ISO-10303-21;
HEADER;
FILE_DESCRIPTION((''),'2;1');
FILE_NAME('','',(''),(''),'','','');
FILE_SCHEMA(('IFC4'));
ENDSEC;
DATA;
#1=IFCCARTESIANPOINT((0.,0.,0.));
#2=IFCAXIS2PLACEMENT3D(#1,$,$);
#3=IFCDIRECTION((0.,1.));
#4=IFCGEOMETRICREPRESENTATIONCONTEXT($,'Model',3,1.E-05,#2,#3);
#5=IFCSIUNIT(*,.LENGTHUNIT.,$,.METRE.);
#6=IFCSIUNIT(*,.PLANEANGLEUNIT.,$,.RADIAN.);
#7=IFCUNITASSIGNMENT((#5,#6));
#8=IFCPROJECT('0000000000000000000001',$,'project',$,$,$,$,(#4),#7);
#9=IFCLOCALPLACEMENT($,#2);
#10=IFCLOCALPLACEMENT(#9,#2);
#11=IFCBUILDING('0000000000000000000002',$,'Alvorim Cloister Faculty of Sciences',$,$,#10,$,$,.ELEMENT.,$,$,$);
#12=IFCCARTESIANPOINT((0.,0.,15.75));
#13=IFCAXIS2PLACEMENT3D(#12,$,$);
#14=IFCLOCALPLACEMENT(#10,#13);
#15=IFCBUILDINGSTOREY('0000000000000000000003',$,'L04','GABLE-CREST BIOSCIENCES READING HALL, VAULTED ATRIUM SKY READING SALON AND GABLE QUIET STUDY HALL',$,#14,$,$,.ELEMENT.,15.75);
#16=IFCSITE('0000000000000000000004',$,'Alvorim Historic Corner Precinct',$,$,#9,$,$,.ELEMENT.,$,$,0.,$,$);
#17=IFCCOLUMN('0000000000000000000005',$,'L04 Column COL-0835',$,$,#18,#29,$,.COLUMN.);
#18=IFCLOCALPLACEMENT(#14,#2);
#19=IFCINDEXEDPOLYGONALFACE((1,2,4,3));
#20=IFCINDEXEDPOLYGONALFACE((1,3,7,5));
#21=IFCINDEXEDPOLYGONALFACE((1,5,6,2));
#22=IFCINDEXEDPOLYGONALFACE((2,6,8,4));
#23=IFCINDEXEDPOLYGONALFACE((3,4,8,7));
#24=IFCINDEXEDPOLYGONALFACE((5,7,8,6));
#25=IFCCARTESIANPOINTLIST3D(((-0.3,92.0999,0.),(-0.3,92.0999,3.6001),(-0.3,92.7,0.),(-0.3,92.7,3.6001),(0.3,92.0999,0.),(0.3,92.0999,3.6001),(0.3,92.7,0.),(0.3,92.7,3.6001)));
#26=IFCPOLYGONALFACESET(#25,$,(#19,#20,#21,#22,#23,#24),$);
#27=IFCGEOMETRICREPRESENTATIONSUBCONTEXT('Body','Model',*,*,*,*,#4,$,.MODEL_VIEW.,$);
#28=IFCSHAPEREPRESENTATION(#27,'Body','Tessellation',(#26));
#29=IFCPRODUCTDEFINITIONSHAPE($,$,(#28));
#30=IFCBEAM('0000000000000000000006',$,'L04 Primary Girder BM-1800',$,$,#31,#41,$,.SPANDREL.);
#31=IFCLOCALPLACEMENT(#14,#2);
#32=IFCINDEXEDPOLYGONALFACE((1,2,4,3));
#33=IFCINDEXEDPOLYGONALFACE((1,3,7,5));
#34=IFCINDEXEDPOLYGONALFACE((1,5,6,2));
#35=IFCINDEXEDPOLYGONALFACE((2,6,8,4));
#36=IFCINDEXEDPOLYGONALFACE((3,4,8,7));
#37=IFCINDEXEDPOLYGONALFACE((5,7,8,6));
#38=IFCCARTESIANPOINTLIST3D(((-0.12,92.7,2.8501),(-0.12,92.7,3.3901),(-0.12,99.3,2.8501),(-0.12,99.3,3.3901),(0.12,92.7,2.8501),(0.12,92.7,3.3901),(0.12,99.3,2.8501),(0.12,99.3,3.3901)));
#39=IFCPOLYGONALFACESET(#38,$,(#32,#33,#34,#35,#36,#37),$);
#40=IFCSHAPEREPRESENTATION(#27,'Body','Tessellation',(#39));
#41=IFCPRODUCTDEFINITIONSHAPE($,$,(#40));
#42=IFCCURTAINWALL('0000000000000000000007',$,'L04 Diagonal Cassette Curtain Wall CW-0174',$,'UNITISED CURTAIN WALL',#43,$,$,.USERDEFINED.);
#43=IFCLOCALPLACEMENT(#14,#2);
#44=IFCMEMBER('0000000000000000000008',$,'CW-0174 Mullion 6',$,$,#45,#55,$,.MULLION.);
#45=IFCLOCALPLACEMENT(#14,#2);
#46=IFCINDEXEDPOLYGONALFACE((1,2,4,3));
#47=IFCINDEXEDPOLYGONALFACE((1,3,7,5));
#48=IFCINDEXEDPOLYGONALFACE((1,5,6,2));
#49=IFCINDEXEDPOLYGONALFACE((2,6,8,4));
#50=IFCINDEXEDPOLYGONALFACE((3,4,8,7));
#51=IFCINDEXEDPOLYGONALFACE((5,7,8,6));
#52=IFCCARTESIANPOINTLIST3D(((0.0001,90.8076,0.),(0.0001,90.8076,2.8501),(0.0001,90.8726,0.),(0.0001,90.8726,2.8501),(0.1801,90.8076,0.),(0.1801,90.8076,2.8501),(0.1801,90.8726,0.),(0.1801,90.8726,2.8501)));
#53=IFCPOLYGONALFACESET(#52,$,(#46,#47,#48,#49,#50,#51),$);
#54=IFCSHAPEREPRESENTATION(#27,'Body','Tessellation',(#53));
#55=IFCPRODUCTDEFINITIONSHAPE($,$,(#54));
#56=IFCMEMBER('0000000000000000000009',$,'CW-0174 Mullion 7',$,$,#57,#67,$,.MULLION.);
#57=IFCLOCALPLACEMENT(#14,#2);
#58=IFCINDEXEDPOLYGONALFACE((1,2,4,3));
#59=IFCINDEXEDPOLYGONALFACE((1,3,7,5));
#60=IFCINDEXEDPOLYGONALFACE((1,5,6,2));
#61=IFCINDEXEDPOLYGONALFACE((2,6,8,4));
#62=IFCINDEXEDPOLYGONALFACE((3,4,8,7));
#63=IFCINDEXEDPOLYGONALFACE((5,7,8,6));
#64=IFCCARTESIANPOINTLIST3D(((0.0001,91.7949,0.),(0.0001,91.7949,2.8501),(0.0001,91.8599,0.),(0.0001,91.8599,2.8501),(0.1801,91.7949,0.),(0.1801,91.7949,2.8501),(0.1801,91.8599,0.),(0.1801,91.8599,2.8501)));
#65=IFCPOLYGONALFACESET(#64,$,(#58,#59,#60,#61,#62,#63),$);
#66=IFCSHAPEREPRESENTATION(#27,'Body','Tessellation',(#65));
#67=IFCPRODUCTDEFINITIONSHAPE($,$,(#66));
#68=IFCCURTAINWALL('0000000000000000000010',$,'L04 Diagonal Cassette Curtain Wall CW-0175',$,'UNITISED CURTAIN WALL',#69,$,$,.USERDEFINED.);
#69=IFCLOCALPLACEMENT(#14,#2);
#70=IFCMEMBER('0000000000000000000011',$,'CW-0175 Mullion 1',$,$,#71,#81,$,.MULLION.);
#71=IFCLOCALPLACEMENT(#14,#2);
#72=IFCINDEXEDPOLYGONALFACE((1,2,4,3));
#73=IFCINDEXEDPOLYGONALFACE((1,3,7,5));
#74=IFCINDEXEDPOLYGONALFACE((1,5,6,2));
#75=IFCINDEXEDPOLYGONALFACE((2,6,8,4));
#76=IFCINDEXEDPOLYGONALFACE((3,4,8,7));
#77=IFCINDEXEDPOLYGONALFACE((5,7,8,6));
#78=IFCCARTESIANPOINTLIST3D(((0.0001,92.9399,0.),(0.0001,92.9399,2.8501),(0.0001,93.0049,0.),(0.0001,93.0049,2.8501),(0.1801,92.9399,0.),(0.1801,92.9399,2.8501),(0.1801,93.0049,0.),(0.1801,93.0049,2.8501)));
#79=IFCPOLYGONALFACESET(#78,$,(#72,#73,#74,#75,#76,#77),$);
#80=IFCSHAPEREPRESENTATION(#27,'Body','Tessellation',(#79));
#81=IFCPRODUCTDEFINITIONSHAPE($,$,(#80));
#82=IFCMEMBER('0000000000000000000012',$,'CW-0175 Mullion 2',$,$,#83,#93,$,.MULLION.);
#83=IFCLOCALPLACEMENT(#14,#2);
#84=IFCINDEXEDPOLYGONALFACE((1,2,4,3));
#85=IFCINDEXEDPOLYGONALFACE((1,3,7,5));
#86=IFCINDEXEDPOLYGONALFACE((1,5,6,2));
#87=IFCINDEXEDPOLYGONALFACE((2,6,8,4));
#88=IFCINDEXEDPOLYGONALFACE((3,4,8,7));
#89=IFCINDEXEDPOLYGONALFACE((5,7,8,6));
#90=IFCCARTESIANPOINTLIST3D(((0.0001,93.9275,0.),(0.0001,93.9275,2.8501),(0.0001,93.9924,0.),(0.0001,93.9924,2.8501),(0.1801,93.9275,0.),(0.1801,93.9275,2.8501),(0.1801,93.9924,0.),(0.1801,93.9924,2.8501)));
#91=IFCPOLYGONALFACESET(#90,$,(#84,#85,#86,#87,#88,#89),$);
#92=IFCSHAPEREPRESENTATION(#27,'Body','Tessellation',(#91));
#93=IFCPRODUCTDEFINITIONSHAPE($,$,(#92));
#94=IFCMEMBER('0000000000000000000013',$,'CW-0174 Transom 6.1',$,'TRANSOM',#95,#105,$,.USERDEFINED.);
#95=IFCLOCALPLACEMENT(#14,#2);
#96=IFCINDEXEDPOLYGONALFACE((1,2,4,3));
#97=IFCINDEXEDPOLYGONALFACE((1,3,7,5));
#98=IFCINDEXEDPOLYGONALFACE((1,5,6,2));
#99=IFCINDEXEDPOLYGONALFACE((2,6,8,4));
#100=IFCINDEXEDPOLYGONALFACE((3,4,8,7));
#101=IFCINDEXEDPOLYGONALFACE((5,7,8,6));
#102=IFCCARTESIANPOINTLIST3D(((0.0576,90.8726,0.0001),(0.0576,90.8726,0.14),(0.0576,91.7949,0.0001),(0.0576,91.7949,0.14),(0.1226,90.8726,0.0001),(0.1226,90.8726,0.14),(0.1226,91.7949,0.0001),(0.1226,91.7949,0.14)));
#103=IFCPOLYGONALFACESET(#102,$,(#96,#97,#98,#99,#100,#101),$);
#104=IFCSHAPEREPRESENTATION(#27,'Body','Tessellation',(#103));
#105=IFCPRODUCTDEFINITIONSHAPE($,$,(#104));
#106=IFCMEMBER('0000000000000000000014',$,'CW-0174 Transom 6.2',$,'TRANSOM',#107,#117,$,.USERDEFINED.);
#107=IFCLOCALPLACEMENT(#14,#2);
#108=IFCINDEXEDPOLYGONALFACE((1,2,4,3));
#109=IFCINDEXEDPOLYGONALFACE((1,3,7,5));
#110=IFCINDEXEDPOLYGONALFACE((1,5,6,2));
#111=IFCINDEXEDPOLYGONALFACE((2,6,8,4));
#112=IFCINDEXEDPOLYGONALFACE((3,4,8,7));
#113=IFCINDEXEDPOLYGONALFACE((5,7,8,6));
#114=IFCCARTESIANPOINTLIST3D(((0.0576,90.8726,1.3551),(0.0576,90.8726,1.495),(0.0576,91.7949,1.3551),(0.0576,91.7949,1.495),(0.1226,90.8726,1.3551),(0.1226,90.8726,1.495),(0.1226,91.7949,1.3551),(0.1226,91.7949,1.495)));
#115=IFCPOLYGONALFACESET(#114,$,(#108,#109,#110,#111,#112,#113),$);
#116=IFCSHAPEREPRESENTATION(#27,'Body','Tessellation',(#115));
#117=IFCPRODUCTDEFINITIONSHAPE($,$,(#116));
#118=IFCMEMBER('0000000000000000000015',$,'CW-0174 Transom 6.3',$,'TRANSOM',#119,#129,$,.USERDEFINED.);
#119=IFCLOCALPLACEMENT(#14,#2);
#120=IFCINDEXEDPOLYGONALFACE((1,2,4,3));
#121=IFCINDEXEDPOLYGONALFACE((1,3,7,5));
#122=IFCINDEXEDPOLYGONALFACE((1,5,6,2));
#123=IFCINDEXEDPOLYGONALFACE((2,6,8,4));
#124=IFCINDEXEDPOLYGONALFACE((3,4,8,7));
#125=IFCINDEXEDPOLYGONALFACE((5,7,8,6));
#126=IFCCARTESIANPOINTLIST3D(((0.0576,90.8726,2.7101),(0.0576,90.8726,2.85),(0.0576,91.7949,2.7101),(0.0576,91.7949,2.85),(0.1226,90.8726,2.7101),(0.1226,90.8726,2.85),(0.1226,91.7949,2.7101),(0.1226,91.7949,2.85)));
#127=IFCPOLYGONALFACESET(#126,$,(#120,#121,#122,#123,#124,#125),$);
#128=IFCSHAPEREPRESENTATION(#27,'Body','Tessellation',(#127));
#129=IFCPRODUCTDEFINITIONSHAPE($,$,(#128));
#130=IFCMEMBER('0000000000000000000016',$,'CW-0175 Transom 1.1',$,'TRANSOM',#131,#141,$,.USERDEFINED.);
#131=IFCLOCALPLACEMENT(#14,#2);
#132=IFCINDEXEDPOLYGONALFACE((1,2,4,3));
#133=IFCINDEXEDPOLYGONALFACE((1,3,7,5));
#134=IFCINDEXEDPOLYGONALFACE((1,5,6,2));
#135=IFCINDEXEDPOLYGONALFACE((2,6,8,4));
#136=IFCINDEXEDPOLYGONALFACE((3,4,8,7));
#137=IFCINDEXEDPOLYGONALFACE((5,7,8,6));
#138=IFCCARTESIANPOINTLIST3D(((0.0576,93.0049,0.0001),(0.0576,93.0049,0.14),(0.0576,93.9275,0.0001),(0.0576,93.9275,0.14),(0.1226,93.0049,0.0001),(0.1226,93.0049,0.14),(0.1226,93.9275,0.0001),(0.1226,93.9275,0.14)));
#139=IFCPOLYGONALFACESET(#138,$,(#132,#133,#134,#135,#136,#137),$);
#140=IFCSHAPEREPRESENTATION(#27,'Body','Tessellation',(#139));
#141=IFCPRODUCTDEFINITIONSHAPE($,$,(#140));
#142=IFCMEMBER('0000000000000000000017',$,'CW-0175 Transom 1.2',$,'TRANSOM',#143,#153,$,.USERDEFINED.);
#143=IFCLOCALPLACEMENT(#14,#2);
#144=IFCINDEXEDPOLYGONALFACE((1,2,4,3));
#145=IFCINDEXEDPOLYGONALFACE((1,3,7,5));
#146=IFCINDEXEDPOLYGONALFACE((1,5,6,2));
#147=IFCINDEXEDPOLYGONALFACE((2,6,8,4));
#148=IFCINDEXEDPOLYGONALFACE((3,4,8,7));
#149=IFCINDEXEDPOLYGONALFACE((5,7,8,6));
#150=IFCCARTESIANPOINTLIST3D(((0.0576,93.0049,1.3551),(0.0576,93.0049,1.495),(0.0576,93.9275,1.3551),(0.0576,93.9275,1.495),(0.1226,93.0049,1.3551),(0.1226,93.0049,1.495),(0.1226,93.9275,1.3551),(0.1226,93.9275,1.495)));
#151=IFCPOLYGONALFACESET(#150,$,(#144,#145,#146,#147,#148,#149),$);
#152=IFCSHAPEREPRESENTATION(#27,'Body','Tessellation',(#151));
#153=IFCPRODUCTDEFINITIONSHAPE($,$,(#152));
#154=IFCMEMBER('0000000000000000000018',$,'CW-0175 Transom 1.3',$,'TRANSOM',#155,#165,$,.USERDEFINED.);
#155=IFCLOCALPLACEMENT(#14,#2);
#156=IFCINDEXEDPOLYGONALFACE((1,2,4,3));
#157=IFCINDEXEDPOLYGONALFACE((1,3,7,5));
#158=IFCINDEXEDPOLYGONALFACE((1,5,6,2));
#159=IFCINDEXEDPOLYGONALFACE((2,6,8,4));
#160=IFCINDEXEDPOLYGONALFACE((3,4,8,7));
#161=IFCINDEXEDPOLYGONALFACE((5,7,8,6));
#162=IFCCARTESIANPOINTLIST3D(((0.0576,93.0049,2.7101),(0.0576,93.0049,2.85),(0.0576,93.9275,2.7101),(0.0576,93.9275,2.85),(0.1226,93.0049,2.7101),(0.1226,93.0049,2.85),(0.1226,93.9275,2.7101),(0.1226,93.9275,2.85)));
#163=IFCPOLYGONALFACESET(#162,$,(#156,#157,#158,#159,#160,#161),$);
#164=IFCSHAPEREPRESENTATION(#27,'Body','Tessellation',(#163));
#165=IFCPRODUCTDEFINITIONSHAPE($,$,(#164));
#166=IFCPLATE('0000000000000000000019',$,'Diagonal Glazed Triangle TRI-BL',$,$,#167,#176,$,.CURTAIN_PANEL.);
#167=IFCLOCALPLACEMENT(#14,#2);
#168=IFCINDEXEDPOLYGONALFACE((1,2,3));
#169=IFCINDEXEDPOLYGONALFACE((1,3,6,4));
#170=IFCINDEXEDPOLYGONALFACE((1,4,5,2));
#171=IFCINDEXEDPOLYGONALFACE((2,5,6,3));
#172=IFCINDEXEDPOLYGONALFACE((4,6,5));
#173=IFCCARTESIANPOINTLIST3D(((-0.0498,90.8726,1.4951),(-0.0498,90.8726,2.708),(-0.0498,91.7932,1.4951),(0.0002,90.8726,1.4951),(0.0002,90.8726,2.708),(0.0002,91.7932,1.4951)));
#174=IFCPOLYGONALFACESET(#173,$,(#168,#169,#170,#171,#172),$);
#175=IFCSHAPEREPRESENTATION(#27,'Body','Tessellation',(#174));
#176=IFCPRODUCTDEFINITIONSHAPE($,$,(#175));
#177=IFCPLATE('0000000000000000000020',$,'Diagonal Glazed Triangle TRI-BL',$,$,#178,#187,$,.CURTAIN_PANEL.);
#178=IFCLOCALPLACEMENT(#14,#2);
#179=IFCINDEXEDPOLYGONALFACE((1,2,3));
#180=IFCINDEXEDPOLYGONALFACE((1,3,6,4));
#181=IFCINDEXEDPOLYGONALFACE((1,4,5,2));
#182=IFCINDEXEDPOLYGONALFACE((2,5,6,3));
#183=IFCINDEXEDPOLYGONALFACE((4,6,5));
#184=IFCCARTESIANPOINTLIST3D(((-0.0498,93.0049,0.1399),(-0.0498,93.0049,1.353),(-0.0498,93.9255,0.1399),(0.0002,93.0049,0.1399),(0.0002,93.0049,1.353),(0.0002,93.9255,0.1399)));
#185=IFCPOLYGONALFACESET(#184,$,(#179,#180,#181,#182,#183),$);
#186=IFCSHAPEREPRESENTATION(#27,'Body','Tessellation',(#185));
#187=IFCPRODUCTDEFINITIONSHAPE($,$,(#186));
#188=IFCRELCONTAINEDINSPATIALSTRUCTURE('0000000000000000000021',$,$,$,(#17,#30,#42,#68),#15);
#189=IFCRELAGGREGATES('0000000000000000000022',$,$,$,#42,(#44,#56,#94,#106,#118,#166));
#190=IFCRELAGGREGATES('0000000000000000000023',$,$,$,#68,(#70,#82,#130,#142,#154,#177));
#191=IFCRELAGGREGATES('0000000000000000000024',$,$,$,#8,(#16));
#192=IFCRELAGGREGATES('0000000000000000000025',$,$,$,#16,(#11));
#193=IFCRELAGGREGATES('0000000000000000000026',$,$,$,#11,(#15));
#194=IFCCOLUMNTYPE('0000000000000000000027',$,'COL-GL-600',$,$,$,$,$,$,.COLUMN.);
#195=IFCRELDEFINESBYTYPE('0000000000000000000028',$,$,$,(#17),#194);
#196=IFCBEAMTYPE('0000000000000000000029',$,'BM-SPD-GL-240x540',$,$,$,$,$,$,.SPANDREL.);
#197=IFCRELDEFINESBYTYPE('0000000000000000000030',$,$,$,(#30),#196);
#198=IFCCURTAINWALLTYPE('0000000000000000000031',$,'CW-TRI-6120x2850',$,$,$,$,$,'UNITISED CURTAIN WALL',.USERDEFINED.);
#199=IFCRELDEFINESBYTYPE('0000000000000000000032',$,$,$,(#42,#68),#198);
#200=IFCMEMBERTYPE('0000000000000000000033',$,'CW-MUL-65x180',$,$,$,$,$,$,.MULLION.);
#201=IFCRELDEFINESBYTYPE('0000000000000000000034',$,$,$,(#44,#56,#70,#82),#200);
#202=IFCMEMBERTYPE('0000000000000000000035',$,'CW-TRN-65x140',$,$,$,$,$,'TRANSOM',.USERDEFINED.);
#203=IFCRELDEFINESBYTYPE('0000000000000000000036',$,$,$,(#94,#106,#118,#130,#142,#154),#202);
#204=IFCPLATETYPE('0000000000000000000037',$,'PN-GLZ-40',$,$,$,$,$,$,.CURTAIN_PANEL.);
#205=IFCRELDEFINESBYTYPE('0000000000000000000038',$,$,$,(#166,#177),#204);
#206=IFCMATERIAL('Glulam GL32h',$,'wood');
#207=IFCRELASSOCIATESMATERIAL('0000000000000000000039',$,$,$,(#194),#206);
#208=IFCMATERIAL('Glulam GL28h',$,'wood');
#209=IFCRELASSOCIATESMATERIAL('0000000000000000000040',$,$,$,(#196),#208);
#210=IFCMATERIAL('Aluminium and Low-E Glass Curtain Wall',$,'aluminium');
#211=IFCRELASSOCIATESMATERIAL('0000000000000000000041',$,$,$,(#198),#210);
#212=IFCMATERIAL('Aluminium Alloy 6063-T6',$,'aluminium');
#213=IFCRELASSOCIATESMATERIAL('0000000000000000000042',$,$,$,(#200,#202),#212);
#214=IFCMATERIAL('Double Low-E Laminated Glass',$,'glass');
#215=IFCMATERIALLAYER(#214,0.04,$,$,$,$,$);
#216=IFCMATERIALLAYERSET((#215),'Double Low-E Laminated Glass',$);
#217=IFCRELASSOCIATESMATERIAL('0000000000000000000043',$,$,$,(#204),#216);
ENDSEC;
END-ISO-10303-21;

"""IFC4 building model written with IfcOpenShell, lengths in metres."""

from ifc_helpers import new_model, si_unit, direction, frame, origin, origin_2d, place, context, subcontext, project, spatial, polyline, rectangle, outline, extrude, material, layer, layer_set, material_profile, profile_set, type_object, element, aggregate, save


model = new_model("IFC4")

# Units and contexts
model_context = context("Model", 3, precision=1e-05, world=origin(), true_north=direction((0.0, 1.0)))
body_context = subcontext(model_context, "Body", "Model", "MODEL_VIEW")
ifc_project = project(units=[si_unit("LENGTHUNIT", "METRE"), si_unit("PLANEANGLEUNIT", "RADIAN")], contexts=[model_context])

# Site, building, storey
site_placement = place(None, origin())
site = spatial("IfcSite", under=ifc_project, at=site_placement, Name="Alvorim Historic Corner Precinct", CompositionType="ELEMENT", RefElevation=0.0)
building_placement = place(site_placement, origin())
building = spatial("IfcBuilding", under=site, at=building_placement, Name="Alvorim Cloister Faculty of Sciences", CompositionType="ELEMENT")
storey_placement = place(building_placement, frame((0.0, 0.0, 15.75)))
storey = spatial("IfcBuildingStorey", under=building, at=storey_placement, Name="L04", Description="GABLE-CREST BIOSCIENCES READING HALL, VAULTED ATRIUM SKY READING SALON AND GABLE QUIET STUDY HALL", CompositionType="ELEMENT", Elevation=15.75)

# Column
ifc_material_1 = material(Name="Glulam GL32h", Category="wood")
ifc_material_profile_1 = material_profile(ifc_material_1, rectangle(XDim=0.6001, YDim=0.6001, at=origin_2d()), Name="GL32-COL-600x600")
ifc_profile_set_1 = profile_set([ifc_material_profile_1], Name="Glulam GL32h")
column_type = type_object("IfcColumnType", Name="COL-GL-600", PredefinedType="COLUMN", material=ifc_profile_set_1)
column_placement = place(storey_placement, frame((0.0, 92.3999, 0.0), z_axis=(0.0, 0.0, 1.0), x_axis=(1.0, 0.0, 0.0)))
element("IfcColumn", 1, at=column_placement, inside=storey, type_object=column_type, Name="L04 Column COL-0835", PredefinedType="COLUMN", context=body_context, shape_type="SweptSolid", body=[
    extrude(rectangle(XDim=0.6001, YDim=0.6001, at=origin_2d()), origin(), (0.0, 0.0, 1.0), 3.6001),
])

# Beam
ifc_material_2 = material(Name="Glulam GL28h", Category="wood")
ifc_material_profile_2 = material_profile(ifc_material_2, rectangle(XDim=0.24, YDim=0.54, at=origin_2d()), Name="GL28-SPD-240x540")
ifc_profile_set_2 = profile_set([ifc_material_profile_2], Name="Glulam GL28h")
beam_type = type_object("IfcBeamType", Name="BM-SPD-GL-240x540", PredefinedType="SPANDREL", material=ifc_profile_set_2)
beam_placement = place(storey_placement, frame((0.0, 92.7, 3.1201), z_axis=(0.0, 1.0, 0.0), x_axis=(-1.0, 0.0, 0.0)))
element("IfcBeam", 2, at=beam_placement, inside=storey, type_object=beam_type, Name="L04 Primary Girder BM-1800", PredefinedType="SPANDREL", context=body_context, shape_type="SweptSolid", body=[
    extrude(rectangle(XDim=0.24, YDim=0.54, at=origin_2d()), origin(), (0.0, 0.0, 1.0), 6.6001),
])

# Curtain walls, members
ifc_material_3 = material(Name="Aluminium and Low-E Glass Curtain Wall", Category="aluminium")
curtain_wall_type = type_object("IfcCurtainWallType", Name="CW-TRI-6120x2850", ElementType="UNITISED CURTAIN WALL", PredefinedType="USERDEFINED", material=ifc_material_3)
curtain_wall_1_placement = place(storey_placement, origin())
curtain_wall_1 = element("IfcCurtainWall", 3, at=curtain_wall_1_placement, inside=storey, type_object=curtain_wall_type, Name="L04 Diagonal Cassette Curtain Wall CW-0174", ObjectType="UNITISED CURTAIN WALL", PredefinedType="USERDEFINED")
ifc_material_4 = material(Name="Aluminium Alloy 6063-T6", Category="aluminium")
ifc_material_profile_3 = material_profile(ifc_material_4, rectangle(XDim=0.0649, YDim=0.1799, at=origin_2d()), Name="ALU-MUL-65x180")
ifc_profile_set_3 = profile_set([ifc_material_profile_3], Name="Aluminium Alloy 6063-T6")
member_type_1 = type_object("IfcMemberType", Name="CW-MUL-65x180", PredefinedType="MULLION", material=ifc_profile_set_3)
member_1_placement = place(storey_placement, frame((0.0901, 90.8401, 0.0), z_axis=(0.0, 0.0, 1.0), x_axis=(0.0, 1.0, 0.0)))
member_1 = element("IfcMember", 4, at=member_1_placement, type_object=member_type_1, Name="CW-0174 Mullion 6", PredefinedType="MULLION", context=body_context, shape_type="SweptSolid", body=[
    extrude(rectangle(XDim=0.0649, YDim=0.1799, at=origin_2d()), origin(), (0.0, 0.0, 1.0), 2.8501),
])
member_2_placement = place(storey_placement, frame((0.0901, 91.8274, 0.0), z_axis=(0.0, 0.0, 1.0), x_axis=(0.0, 1.0, 0.0)))
member_2 = element("IfcMember", 5, at=member_2_placement, type_object=member_type_1, Name="CW-0174 Mullion 7", PredefinedType="MULLION", context=body_context, shape_type="SweptSolid", body=[
    extrude(rectangle(XDim=0.0649, YDim=0.1799, at=origin_2d()), origin(), (0.0, 0.0, 1.0), 2.8501),
])
curtain_wall_2_placement = place(storey_placement, origin())
curtain_wall_2 = element("IfcCurtainWall", 6, at=curtain_wall_2_placement, inside=storey, type_object=curtain_wall_type, Name="L04 Diagonal Cassette Curtain Wall CW-0175", ObjectType="UNITISED CURTAIN WALL", PredefinedType="USERDEFINED")
member_3_placement = place(storey_placement, frame((0.0901, 92.9724, 0.0), z_axis=(0.0, 0.0, 1.0), x_axis=(0.0, 1.0, 0.0)))
member_3 = element("IfcMember", 7, at=member_3_placement, type_object=member_type_1, Name="CW-0175 Mullion 1", PredefinedType="MULLION", context=body_context, shape_type="SweptSolid", body=[
    extrude(rectangle(XDim=0.0649, YDim=0.1799, at=origin_2d()), origin(), (0.0, 0.0, 1.0), 2.8501),
])
member_4_placement = place(storey_placement, frame((0.0901, 93.96, 0.0), z_axis=(0.0, 0.0, 1.0), x_axis=(0.0, 1.0, 0.0)))
member_4 = element("IfcMember", 8, at=member_4_placement, type_object=member_type_1, Name="CW-0175 Mullion 2", PredefinedType="MULLION", context=body_context, shape_type="SweptSolid", body=[
    extrude(rectangle(XDim=0.0649, YDim=0.1799, at=origin_2d()), origin(), (0.0, 0.0, 1.0), 2.8501),
])

# Members
ifc_material_profile_4 = material_profile(ifc_material_4, rectangle(XDim=0.0649, YDim=0.1399, at=origin_2d()), Name="ALU-TRN-65x140")
ifc_profile_set_4 = profile_set([ifc_material_profile_4], Name="Aluminium Alloy 6063-T6")
member_type_2 = type_object("IfcMemberType", Name="CW-TRN-65x140", ElementType="TRANSOM", PredefinedType="USERDEFINED", material=ifc_profile_set_4)
member_5_placement = place(storey_placement, frame((0.0901, 90.8726, 0.0701), z_axis=(0.0, 1.0, 0.0), x_axis=(-1.0, 0.0, 0.0)))
member_5 = element("IfcMember", 9, at=member_5_placement, type_object=member_type_2, Name="CW-0174 Transom 6.1", ObjectType="TRANSOM", PredefinedType="USERDEFINED", context=body_context, shape_type="SweptSolid", body=[
    extrude(rectangle(XDim=0.0649, YDim=0.1399, at=origin_2d()), origin(), (0.0, 0.0, 1.0), 0.9224),
])
member_6_placement = place(storey_placement, frame((0.0901, 90.8726, 1.425), z_axis=(0.0, 1.0, 0.0), x_axis=(-1.0, 0.0, 0.0)))
member_6 = element("IfcMember", 10, at=member_6_placement, type_object=member_type_2, Name="CW-0174 Transom 6.2", ObjectType="TRANSOM", PredefinedType="USERDEFINED", context=body_context, shape_type="SweptSolid", body=[
    extrude(rectangle(XDim=0.0649, YDim=0.1399, at=origin_2d()), origin(), (0.0, 0.0, 1.0), 0.9224),
])
member_7_placement = place(storey_placement, frame((0.0901, 90.8726, 2.78), z_axis=(0.0, 1.0, 0.0), x_axis=(-1.0, 0.0, 0.0)))
member_7 = element("IfcMember", 11, at=member_7_placement, type_object=member_type_2, Name="CW-0174 Transom 6.3", ObjectType="TRANSOM", PredefinedType="USERDEFINED", context=body_context, shape_type="SweptSolid", body=[
    extrude(rectangle(XDim=0.0649, YDim=0.1399, at=origin_2d()), origin(), (0.0, 0.0, 1.0), 0.9224),
])
member_8_placement = place(storey_placement, frame((0.0901, 93.0049, 0.0701), z_axis=(0.0, 1.0, 0.0), x_axis=(-1.0, 0.0, 0.0)))
member_8 = element("IfcMember", 12, at=member_8_placement, type_object=member_type_2, Name="CW-0175 Transom 1.1", ObjectType="TRANSOM", PredefinedType="USERDEFINED", context=body_context, shape_type="SweptSolid", body=[
    extrude(rectangle(XDim=0.0649, YDim=0.1399, at=origin_2d()), origin(), (0.0, 0.0, 1.0), 0.9226),
])
member_9_placement = place(storey_placement, frame((0.0901, 93.0049, 1.425), z_axis=(0.0, 1.0, 0.0), x_axis=(-1.0, 0.0, 0.0)))
member_9 = element("IfcMember", 13, at=member_9_placement, type_object=member_type_2, Name="CW-0175 Transom 1.2", ObjectType="TRANSOM", PredefinedType="USERDEFINED", context=body_context, shape_type="SweptSolid", body=[
    extrude(rectangle(XDim=0.0649, YDim=0.1399, at=origin_2d()), origin(), (0.0, 0.0, 1.0), 0.9226),
])
member_10_placement = place(storey_placement, frame((0.0901, 93.0049, 2.78), z_axis=(0.0, 1.0, 0.0), x_axis=(-1.0, 0.0, 0.0)))
member_10 = element("IfcMember", 14, at=member_10_placement, type_object=member_type_2, Name="CW-0175 Transom 1.3", ObjectType="TRANSOM", PredefinedType="USERDEFINED", context=body_context, shape_type="SweptSolid", body=[
    extrude(rectangle(XDim=0.0649, YDim=0.1399, at=origin_2d()), origin(), (0.0, 0.0, 1.0), 0.9226),
])

# Plates
ifc_material_5 = material(Name="Double Low-E Laminated Glass", Category="glass")
ifc_layer_1 = layer(ifc_material_5, 0.04)
ifc_layer_set_1 = layer_set([ifc_layer_1], Name="Double Low-E Laminated Glass")
plate_type = type_object("IfcPlateType", Name="PN-GLZ-40", PredefinedType="CURTAIN_PANEL", material=ifc_layer_set_1)
plate_1_placement = place(storey_placement, frame((-0.0249, 90.8726, 1.4951), z_axis=(0.0, 0.0, 1.0), x_axis=(0.0, 1.0, 0.0)))
plate_1 = element("IfcPlate", 15, at=plate_1_placement, type_object=plate_type, Name="Diagonal Glazed Triangle TRI-BL", PredefinedType="CURTAIN_PANEL", context=body_context, shape_type="SweptSolid", body=[
    extrude(outline(polyline([(0.0, 0.0), (0.9207, 0.0), (0.0, 1.2129), (0.0, 0.0)])), frame((0.0, 0.0249, 0.0), z_axis=(0.0, -1.0, 0.0), x_axis=(1.0, 0.0, 0.0)), (0.0, 0.0, 1.0), 0.05),
])
aggregate(curtain_wall_1, [member_1, member_2, member_5, member_6, member_7, plate_1])
plate_2_placement = place(storey_placement, frame((-0.0249, 93.0049, 0.1399), z_axis=(0.0, 0.0, 1.0), x_axis=(0.0, 1.0, 0.0)))
plate_2 = element("IfcPlate", 16, at=plate_2_placement, type_object=plate_type, Name="Diagonal Glazed Triangle TRI-BL", PredefinedType="CURTAIN_PANEL", context=body_context, shape_type="SweptSolid", body=[
    extrude(outline(polyline([(0.0, 0.0), (0.9207, 0.0), (0.0, 1.2131), (0.0, 0.0)])), frame((0.0, 0.0249, 0.0), z_axis=(0.0, -1.0, 0.0), x_axis=(1.0, 0.0, 0.0)), (0.0, 0.0, 1.0), 0.05),
])
aggregate(curtain_wall_2, [member_3, member_4, member_8, member_9, member_10, plate_2])

save(model, "model.ifc")
